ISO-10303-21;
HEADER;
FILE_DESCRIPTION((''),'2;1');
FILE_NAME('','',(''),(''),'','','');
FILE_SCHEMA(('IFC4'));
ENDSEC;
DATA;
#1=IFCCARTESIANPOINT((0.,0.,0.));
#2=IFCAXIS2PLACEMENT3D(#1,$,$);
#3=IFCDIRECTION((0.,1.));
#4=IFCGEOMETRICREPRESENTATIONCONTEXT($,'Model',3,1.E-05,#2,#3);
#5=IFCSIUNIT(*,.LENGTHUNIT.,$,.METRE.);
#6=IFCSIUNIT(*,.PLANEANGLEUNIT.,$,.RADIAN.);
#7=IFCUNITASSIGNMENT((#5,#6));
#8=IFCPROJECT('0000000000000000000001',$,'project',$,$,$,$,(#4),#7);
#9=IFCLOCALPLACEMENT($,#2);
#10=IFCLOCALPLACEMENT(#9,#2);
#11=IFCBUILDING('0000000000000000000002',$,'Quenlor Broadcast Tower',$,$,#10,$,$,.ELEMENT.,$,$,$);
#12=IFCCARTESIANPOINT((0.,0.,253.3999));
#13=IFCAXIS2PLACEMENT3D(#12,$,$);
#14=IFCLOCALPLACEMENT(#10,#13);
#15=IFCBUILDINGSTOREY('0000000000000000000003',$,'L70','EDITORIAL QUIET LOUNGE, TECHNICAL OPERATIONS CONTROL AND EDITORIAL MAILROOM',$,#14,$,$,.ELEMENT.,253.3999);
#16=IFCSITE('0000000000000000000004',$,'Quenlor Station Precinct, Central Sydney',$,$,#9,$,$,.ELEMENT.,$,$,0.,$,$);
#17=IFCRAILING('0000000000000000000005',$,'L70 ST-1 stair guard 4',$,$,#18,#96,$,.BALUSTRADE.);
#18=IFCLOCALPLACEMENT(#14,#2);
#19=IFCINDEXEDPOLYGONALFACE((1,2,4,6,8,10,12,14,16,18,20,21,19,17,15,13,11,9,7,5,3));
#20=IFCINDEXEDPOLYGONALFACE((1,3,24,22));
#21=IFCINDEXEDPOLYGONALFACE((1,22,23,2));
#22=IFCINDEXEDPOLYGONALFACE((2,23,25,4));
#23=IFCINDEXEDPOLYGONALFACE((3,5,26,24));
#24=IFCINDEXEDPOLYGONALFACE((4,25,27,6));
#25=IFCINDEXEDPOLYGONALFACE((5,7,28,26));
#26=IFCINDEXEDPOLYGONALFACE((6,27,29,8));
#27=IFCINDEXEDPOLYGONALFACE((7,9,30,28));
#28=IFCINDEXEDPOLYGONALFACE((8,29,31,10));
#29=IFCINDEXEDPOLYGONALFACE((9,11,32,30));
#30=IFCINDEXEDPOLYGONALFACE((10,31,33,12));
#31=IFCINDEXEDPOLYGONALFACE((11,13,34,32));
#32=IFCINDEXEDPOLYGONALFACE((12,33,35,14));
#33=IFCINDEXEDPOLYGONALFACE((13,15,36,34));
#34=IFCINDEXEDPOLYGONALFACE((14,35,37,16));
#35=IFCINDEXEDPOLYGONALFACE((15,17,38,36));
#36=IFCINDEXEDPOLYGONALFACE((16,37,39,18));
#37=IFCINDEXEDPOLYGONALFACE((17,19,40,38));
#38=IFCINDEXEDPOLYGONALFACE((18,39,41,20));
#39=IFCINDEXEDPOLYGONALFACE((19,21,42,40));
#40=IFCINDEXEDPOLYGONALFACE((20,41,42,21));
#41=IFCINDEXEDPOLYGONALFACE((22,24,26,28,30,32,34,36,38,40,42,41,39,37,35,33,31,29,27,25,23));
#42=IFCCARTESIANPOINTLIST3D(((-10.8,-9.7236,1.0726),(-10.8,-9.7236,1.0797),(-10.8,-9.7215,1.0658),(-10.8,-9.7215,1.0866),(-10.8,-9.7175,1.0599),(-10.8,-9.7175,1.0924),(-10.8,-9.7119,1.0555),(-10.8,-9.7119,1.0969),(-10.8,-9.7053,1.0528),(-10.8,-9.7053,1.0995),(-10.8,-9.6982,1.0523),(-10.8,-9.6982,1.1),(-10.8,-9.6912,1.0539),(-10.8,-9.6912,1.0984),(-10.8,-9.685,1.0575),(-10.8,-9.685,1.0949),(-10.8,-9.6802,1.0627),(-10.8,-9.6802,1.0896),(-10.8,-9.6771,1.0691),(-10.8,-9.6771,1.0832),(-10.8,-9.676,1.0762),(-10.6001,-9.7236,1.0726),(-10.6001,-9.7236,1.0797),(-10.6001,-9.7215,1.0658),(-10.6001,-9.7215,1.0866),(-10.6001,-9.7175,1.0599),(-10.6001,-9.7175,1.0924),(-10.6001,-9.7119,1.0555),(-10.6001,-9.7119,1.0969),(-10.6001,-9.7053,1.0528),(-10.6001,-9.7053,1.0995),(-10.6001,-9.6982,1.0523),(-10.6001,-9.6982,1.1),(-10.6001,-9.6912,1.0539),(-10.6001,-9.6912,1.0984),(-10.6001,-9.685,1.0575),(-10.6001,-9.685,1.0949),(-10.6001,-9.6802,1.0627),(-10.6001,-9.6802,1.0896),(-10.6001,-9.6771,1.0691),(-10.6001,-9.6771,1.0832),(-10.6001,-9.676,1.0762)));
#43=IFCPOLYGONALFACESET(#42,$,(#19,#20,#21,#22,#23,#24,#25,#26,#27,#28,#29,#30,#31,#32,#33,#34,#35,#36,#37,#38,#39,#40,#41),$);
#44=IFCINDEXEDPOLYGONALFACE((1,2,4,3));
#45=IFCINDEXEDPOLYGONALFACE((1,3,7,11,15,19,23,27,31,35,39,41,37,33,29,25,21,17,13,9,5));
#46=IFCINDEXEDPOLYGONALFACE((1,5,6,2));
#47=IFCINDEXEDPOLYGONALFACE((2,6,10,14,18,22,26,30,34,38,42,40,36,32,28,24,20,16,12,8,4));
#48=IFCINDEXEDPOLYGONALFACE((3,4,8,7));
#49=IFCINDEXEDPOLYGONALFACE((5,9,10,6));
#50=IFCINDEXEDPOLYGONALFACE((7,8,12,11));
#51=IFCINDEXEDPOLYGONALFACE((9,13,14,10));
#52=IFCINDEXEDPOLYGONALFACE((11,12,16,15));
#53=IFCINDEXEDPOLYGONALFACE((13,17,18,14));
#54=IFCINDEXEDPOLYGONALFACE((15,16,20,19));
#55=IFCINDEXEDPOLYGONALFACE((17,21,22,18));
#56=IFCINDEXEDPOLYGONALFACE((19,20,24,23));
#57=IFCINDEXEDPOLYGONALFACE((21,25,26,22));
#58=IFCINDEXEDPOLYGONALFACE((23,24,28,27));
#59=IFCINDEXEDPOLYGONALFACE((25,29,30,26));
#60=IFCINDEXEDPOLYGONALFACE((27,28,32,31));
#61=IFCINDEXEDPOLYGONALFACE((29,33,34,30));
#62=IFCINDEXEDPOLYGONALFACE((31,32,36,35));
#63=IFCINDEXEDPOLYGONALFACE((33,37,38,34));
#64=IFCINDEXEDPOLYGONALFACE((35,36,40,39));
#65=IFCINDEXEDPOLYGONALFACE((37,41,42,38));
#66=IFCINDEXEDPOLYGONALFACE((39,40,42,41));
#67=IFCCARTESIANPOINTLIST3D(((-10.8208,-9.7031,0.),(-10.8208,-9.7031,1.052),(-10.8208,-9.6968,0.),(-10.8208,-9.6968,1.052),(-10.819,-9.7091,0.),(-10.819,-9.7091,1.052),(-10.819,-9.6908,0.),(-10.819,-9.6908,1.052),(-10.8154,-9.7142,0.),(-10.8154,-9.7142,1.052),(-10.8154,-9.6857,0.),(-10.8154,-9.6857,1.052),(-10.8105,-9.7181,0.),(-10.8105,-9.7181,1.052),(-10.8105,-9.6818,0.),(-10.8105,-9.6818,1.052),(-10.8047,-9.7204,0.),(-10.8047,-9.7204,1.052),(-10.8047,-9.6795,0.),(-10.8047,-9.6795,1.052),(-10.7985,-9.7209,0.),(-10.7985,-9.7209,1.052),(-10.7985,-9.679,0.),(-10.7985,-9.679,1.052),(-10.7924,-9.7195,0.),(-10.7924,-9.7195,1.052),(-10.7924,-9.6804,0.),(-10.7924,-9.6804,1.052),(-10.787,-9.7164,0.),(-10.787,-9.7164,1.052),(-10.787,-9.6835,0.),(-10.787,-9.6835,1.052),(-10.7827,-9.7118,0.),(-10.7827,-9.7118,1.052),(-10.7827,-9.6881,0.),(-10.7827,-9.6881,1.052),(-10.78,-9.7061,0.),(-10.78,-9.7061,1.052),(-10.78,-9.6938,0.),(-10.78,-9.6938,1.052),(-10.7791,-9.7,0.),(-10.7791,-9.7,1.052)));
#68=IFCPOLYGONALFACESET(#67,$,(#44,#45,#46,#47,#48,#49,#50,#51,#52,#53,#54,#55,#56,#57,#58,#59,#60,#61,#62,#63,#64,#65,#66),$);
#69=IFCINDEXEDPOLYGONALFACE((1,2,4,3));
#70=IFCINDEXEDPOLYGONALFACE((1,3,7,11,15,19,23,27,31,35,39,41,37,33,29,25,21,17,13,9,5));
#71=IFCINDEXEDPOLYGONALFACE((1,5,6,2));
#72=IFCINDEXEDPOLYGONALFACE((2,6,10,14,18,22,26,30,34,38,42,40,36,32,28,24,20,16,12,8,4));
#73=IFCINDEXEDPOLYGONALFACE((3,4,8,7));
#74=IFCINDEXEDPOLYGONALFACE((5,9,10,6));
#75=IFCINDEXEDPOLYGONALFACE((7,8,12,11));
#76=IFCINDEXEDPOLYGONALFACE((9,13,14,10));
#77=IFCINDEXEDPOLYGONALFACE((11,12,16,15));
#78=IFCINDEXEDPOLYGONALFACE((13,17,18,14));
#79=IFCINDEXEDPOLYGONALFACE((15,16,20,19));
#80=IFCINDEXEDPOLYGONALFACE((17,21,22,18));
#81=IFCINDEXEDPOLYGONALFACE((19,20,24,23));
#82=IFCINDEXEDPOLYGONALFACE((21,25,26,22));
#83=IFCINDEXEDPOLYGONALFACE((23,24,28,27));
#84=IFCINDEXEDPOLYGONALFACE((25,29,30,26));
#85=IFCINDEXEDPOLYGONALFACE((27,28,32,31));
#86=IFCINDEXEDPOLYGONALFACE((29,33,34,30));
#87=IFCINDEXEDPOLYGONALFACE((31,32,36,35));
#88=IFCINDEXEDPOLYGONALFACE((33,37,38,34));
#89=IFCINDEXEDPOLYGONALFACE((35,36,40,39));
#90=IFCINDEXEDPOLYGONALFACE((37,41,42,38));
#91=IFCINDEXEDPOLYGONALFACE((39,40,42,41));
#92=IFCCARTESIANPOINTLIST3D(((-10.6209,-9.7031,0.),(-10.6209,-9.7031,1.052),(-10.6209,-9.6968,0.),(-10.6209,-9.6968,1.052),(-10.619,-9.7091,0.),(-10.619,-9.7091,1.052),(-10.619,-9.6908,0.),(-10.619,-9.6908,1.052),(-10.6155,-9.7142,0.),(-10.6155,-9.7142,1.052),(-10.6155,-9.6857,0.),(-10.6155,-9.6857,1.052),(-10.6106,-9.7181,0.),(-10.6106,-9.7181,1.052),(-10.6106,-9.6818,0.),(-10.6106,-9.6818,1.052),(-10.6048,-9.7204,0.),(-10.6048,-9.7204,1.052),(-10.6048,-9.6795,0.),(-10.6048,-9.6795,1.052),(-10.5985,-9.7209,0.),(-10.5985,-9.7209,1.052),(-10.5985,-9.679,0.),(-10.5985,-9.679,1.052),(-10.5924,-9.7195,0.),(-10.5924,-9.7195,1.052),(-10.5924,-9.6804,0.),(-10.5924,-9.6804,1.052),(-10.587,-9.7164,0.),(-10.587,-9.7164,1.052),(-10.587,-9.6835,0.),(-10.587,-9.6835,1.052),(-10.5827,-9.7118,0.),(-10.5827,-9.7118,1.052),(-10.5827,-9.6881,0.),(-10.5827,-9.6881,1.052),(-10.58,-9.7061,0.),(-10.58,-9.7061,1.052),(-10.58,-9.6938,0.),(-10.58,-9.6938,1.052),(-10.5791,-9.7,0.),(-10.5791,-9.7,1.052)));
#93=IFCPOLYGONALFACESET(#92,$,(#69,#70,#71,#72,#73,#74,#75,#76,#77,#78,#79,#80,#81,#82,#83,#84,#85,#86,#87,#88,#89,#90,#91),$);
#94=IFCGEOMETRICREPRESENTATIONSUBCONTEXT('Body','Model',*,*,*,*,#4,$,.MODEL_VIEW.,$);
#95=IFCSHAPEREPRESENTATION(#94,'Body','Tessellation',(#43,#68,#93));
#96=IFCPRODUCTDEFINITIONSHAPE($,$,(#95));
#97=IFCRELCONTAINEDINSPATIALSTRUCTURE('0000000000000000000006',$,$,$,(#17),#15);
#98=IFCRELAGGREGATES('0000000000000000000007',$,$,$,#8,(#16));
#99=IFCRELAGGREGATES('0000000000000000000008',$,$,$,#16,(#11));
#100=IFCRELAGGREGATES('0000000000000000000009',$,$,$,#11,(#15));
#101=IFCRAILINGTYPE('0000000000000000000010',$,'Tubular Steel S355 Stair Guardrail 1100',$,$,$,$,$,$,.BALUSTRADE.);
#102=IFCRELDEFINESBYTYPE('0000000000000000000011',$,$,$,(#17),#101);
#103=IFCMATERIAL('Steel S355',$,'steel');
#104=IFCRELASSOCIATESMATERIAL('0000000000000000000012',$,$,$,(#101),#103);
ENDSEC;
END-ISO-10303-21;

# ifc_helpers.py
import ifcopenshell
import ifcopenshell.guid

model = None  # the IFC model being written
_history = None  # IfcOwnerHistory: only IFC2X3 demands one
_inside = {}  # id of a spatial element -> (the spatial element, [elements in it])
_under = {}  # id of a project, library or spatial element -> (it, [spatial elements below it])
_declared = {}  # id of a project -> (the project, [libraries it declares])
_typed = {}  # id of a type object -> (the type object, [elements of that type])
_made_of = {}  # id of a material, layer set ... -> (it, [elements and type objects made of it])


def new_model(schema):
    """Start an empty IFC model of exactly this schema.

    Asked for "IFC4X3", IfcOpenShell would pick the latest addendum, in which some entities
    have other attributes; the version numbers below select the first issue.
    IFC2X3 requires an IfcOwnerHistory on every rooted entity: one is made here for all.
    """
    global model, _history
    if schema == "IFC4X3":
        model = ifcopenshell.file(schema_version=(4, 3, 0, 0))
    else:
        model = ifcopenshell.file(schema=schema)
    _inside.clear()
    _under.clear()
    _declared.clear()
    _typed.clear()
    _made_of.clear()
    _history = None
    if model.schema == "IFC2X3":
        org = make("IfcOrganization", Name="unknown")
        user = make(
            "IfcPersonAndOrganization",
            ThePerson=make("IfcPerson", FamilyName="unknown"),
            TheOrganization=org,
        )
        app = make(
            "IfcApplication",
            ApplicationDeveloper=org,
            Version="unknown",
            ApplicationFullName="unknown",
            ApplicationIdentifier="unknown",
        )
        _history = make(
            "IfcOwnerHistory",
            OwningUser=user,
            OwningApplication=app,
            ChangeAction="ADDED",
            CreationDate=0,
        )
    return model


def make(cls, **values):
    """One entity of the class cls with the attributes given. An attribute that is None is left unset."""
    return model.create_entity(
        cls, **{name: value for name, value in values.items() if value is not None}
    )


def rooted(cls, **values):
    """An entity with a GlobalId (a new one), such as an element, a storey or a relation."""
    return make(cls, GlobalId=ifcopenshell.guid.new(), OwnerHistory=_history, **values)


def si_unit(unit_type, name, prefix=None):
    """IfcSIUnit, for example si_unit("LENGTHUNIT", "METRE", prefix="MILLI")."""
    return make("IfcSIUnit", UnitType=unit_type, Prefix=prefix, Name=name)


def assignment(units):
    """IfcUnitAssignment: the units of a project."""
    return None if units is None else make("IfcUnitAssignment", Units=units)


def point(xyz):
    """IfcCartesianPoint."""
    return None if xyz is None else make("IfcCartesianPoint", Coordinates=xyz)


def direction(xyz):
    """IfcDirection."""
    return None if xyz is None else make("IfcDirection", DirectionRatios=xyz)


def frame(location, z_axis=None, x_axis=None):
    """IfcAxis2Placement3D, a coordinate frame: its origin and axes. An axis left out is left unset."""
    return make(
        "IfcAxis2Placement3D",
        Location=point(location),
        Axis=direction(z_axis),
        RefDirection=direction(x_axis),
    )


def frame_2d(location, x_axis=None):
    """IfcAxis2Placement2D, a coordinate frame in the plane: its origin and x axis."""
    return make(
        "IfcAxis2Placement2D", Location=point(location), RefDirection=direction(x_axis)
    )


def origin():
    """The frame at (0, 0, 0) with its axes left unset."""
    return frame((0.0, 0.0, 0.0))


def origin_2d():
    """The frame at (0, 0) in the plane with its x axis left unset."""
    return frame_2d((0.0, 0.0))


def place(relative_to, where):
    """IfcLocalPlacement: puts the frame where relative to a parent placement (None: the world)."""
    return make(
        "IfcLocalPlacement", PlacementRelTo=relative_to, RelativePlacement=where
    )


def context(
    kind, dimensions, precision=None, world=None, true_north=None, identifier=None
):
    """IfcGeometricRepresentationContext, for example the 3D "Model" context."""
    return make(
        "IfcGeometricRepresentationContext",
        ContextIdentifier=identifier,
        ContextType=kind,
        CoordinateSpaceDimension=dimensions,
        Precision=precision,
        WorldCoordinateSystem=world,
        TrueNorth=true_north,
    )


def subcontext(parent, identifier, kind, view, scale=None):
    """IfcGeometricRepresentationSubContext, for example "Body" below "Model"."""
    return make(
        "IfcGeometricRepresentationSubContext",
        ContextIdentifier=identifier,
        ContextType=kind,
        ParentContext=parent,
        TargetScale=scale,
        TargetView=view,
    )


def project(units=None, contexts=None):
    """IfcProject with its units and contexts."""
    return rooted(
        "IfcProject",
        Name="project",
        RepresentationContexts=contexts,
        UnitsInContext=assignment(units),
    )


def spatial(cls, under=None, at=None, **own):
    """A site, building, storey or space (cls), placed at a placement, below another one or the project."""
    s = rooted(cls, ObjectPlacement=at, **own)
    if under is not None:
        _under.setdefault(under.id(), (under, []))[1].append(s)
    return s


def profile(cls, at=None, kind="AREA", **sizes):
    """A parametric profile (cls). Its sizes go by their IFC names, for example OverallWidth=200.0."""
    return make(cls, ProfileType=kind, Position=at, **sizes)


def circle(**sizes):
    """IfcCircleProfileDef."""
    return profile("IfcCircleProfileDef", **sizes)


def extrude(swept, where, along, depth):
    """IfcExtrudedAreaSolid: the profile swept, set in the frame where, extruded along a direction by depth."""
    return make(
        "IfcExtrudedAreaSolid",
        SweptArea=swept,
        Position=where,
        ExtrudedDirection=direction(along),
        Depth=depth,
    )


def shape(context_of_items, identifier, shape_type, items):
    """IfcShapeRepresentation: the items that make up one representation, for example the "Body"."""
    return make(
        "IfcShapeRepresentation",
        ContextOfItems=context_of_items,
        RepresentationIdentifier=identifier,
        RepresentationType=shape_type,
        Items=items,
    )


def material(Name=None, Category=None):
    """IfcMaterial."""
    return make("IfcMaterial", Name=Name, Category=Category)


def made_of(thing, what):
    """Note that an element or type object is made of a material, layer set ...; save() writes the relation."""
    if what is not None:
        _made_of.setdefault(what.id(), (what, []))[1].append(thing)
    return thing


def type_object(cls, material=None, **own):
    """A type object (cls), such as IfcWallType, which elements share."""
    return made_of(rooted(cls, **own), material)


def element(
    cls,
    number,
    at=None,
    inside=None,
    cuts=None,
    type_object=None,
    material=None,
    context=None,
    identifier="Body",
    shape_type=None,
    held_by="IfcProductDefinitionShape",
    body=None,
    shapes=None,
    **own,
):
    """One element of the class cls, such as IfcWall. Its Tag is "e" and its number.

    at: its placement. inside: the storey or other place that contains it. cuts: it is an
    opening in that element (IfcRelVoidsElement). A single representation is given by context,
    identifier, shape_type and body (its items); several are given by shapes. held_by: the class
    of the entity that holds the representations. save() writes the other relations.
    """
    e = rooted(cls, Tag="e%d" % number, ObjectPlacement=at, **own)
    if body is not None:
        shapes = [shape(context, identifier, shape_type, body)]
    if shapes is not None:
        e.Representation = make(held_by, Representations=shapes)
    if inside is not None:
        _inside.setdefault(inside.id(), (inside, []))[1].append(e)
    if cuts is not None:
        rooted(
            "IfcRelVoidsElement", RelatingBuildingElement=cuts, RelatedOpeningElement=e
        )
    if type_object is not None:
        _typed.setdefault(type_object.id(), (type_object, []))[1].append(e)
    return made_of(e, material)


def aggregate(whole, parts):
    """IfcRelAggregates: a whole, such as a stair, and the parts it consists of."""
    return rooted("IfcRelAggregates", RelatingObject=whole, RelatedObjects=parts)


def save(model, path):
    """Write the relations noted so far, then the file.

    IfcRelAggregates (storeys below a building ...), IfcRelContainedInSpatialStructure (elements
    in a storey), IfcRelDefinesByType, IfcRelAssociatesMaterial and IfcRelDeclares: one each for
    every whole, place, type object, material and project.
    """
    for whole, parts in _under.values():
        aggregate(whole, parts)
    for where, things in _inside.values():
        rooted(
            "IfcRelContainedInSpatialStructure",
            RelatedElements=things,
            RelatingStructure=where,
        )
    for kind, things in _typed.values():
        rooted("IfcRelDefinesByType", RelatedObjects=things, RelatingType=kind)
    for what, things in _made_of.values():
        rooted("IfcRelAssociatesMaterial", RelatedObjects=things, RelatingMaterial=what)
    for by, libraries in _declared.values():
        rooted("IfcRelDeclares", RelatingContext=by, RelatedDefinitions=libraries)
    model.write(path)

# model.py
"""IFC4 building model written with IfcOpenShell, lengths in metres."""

from ifc_helpers import new_model, si_unit, direction, frame, origin, origin_2d, place, context, subcontext, project, spatial, circle, extrude, material, type_object, element, save


model = new_model("IFC4")

# Units and contexts
model_context = context("Model", 3, precision=1e-05, world=origin(), true_north=direction((0.0, 1.0)))
body_context = subcontext(model_context, "Body", "Model", "MODEL_VIEW")
ifc_project = project(units=[si_unit("LENGTHUNIT", "METRE"), si_unit("PLANEANGLEUNIT", "RADIAN")], contexts=[model_context])

# Site, building, storey
site_placement = place(None, origin())
site = spatial("IfcSite", under=ifc_project, at=site_placement, Name="Quenlor Station Precinct, Central Sydney", CompositionType="ELEMENT", RefElevation=0.0)
building_placement = place(site_placement, origin())
building = spatial("IfcBuilding", under=site, at=building_placement, Name="Quenlor Broadcast Tower", CompositionType="ELEMENT")
storey_placement = place(building_placement, frame((0.0, 0.0, 253.3999)))
storey = spatial("IfcBuildingStorey", under=building, at=storey_placement, Name="L70", Description="EDITORIAL QUIET LOUNGE, TECHNICAL OPERATIONS CONTROL AND EDITORIAL MAILROOM", CompositionType="ELEMENT", Elevation=253.3999)

# Railing
ifc_material_1 = material(Name="Steel S355", Category="steel")
railing_type_1 = type_object("IfcRailingType", Name="Tubular Steel S355 Stair Guardrail 1100", PredefinedType="BALUSTRADE", material=ifc_material_1)
railing_1_placement = place(storey_placement, frame((-10.8, -9.7, 0.0)))
element("IfcRailing", 1, at=railing_1_placement, inside=storey, type_object=railing_type_1, Name="L70 ST-1 stair guard 4", PredefinedType="BALUSTRADE", context=body_context, shape_type="SweptSolid", body=[
    extrude(circle(Radius=0.0239, at=origin_2d()), frame((0.0, 0.0, 1.0762), z_axis=(1.0, 0.0, 0.0), x_axis=(0.0, 1.0, 0.0)), (0.0, 0.0, 1.0), 0.2),
    extrude(circle(Radius=0.021, at=origin_2d()), origin(), (0.0, 0.0, 1.0), 1.052),
    extrude(circle(Radius=0.021, at=origin_2d()), frame((0.2, 0.0, 0.0)), (0.0, 0.0, 1.0), 1.052),
])

save(model, "model.ifc")
